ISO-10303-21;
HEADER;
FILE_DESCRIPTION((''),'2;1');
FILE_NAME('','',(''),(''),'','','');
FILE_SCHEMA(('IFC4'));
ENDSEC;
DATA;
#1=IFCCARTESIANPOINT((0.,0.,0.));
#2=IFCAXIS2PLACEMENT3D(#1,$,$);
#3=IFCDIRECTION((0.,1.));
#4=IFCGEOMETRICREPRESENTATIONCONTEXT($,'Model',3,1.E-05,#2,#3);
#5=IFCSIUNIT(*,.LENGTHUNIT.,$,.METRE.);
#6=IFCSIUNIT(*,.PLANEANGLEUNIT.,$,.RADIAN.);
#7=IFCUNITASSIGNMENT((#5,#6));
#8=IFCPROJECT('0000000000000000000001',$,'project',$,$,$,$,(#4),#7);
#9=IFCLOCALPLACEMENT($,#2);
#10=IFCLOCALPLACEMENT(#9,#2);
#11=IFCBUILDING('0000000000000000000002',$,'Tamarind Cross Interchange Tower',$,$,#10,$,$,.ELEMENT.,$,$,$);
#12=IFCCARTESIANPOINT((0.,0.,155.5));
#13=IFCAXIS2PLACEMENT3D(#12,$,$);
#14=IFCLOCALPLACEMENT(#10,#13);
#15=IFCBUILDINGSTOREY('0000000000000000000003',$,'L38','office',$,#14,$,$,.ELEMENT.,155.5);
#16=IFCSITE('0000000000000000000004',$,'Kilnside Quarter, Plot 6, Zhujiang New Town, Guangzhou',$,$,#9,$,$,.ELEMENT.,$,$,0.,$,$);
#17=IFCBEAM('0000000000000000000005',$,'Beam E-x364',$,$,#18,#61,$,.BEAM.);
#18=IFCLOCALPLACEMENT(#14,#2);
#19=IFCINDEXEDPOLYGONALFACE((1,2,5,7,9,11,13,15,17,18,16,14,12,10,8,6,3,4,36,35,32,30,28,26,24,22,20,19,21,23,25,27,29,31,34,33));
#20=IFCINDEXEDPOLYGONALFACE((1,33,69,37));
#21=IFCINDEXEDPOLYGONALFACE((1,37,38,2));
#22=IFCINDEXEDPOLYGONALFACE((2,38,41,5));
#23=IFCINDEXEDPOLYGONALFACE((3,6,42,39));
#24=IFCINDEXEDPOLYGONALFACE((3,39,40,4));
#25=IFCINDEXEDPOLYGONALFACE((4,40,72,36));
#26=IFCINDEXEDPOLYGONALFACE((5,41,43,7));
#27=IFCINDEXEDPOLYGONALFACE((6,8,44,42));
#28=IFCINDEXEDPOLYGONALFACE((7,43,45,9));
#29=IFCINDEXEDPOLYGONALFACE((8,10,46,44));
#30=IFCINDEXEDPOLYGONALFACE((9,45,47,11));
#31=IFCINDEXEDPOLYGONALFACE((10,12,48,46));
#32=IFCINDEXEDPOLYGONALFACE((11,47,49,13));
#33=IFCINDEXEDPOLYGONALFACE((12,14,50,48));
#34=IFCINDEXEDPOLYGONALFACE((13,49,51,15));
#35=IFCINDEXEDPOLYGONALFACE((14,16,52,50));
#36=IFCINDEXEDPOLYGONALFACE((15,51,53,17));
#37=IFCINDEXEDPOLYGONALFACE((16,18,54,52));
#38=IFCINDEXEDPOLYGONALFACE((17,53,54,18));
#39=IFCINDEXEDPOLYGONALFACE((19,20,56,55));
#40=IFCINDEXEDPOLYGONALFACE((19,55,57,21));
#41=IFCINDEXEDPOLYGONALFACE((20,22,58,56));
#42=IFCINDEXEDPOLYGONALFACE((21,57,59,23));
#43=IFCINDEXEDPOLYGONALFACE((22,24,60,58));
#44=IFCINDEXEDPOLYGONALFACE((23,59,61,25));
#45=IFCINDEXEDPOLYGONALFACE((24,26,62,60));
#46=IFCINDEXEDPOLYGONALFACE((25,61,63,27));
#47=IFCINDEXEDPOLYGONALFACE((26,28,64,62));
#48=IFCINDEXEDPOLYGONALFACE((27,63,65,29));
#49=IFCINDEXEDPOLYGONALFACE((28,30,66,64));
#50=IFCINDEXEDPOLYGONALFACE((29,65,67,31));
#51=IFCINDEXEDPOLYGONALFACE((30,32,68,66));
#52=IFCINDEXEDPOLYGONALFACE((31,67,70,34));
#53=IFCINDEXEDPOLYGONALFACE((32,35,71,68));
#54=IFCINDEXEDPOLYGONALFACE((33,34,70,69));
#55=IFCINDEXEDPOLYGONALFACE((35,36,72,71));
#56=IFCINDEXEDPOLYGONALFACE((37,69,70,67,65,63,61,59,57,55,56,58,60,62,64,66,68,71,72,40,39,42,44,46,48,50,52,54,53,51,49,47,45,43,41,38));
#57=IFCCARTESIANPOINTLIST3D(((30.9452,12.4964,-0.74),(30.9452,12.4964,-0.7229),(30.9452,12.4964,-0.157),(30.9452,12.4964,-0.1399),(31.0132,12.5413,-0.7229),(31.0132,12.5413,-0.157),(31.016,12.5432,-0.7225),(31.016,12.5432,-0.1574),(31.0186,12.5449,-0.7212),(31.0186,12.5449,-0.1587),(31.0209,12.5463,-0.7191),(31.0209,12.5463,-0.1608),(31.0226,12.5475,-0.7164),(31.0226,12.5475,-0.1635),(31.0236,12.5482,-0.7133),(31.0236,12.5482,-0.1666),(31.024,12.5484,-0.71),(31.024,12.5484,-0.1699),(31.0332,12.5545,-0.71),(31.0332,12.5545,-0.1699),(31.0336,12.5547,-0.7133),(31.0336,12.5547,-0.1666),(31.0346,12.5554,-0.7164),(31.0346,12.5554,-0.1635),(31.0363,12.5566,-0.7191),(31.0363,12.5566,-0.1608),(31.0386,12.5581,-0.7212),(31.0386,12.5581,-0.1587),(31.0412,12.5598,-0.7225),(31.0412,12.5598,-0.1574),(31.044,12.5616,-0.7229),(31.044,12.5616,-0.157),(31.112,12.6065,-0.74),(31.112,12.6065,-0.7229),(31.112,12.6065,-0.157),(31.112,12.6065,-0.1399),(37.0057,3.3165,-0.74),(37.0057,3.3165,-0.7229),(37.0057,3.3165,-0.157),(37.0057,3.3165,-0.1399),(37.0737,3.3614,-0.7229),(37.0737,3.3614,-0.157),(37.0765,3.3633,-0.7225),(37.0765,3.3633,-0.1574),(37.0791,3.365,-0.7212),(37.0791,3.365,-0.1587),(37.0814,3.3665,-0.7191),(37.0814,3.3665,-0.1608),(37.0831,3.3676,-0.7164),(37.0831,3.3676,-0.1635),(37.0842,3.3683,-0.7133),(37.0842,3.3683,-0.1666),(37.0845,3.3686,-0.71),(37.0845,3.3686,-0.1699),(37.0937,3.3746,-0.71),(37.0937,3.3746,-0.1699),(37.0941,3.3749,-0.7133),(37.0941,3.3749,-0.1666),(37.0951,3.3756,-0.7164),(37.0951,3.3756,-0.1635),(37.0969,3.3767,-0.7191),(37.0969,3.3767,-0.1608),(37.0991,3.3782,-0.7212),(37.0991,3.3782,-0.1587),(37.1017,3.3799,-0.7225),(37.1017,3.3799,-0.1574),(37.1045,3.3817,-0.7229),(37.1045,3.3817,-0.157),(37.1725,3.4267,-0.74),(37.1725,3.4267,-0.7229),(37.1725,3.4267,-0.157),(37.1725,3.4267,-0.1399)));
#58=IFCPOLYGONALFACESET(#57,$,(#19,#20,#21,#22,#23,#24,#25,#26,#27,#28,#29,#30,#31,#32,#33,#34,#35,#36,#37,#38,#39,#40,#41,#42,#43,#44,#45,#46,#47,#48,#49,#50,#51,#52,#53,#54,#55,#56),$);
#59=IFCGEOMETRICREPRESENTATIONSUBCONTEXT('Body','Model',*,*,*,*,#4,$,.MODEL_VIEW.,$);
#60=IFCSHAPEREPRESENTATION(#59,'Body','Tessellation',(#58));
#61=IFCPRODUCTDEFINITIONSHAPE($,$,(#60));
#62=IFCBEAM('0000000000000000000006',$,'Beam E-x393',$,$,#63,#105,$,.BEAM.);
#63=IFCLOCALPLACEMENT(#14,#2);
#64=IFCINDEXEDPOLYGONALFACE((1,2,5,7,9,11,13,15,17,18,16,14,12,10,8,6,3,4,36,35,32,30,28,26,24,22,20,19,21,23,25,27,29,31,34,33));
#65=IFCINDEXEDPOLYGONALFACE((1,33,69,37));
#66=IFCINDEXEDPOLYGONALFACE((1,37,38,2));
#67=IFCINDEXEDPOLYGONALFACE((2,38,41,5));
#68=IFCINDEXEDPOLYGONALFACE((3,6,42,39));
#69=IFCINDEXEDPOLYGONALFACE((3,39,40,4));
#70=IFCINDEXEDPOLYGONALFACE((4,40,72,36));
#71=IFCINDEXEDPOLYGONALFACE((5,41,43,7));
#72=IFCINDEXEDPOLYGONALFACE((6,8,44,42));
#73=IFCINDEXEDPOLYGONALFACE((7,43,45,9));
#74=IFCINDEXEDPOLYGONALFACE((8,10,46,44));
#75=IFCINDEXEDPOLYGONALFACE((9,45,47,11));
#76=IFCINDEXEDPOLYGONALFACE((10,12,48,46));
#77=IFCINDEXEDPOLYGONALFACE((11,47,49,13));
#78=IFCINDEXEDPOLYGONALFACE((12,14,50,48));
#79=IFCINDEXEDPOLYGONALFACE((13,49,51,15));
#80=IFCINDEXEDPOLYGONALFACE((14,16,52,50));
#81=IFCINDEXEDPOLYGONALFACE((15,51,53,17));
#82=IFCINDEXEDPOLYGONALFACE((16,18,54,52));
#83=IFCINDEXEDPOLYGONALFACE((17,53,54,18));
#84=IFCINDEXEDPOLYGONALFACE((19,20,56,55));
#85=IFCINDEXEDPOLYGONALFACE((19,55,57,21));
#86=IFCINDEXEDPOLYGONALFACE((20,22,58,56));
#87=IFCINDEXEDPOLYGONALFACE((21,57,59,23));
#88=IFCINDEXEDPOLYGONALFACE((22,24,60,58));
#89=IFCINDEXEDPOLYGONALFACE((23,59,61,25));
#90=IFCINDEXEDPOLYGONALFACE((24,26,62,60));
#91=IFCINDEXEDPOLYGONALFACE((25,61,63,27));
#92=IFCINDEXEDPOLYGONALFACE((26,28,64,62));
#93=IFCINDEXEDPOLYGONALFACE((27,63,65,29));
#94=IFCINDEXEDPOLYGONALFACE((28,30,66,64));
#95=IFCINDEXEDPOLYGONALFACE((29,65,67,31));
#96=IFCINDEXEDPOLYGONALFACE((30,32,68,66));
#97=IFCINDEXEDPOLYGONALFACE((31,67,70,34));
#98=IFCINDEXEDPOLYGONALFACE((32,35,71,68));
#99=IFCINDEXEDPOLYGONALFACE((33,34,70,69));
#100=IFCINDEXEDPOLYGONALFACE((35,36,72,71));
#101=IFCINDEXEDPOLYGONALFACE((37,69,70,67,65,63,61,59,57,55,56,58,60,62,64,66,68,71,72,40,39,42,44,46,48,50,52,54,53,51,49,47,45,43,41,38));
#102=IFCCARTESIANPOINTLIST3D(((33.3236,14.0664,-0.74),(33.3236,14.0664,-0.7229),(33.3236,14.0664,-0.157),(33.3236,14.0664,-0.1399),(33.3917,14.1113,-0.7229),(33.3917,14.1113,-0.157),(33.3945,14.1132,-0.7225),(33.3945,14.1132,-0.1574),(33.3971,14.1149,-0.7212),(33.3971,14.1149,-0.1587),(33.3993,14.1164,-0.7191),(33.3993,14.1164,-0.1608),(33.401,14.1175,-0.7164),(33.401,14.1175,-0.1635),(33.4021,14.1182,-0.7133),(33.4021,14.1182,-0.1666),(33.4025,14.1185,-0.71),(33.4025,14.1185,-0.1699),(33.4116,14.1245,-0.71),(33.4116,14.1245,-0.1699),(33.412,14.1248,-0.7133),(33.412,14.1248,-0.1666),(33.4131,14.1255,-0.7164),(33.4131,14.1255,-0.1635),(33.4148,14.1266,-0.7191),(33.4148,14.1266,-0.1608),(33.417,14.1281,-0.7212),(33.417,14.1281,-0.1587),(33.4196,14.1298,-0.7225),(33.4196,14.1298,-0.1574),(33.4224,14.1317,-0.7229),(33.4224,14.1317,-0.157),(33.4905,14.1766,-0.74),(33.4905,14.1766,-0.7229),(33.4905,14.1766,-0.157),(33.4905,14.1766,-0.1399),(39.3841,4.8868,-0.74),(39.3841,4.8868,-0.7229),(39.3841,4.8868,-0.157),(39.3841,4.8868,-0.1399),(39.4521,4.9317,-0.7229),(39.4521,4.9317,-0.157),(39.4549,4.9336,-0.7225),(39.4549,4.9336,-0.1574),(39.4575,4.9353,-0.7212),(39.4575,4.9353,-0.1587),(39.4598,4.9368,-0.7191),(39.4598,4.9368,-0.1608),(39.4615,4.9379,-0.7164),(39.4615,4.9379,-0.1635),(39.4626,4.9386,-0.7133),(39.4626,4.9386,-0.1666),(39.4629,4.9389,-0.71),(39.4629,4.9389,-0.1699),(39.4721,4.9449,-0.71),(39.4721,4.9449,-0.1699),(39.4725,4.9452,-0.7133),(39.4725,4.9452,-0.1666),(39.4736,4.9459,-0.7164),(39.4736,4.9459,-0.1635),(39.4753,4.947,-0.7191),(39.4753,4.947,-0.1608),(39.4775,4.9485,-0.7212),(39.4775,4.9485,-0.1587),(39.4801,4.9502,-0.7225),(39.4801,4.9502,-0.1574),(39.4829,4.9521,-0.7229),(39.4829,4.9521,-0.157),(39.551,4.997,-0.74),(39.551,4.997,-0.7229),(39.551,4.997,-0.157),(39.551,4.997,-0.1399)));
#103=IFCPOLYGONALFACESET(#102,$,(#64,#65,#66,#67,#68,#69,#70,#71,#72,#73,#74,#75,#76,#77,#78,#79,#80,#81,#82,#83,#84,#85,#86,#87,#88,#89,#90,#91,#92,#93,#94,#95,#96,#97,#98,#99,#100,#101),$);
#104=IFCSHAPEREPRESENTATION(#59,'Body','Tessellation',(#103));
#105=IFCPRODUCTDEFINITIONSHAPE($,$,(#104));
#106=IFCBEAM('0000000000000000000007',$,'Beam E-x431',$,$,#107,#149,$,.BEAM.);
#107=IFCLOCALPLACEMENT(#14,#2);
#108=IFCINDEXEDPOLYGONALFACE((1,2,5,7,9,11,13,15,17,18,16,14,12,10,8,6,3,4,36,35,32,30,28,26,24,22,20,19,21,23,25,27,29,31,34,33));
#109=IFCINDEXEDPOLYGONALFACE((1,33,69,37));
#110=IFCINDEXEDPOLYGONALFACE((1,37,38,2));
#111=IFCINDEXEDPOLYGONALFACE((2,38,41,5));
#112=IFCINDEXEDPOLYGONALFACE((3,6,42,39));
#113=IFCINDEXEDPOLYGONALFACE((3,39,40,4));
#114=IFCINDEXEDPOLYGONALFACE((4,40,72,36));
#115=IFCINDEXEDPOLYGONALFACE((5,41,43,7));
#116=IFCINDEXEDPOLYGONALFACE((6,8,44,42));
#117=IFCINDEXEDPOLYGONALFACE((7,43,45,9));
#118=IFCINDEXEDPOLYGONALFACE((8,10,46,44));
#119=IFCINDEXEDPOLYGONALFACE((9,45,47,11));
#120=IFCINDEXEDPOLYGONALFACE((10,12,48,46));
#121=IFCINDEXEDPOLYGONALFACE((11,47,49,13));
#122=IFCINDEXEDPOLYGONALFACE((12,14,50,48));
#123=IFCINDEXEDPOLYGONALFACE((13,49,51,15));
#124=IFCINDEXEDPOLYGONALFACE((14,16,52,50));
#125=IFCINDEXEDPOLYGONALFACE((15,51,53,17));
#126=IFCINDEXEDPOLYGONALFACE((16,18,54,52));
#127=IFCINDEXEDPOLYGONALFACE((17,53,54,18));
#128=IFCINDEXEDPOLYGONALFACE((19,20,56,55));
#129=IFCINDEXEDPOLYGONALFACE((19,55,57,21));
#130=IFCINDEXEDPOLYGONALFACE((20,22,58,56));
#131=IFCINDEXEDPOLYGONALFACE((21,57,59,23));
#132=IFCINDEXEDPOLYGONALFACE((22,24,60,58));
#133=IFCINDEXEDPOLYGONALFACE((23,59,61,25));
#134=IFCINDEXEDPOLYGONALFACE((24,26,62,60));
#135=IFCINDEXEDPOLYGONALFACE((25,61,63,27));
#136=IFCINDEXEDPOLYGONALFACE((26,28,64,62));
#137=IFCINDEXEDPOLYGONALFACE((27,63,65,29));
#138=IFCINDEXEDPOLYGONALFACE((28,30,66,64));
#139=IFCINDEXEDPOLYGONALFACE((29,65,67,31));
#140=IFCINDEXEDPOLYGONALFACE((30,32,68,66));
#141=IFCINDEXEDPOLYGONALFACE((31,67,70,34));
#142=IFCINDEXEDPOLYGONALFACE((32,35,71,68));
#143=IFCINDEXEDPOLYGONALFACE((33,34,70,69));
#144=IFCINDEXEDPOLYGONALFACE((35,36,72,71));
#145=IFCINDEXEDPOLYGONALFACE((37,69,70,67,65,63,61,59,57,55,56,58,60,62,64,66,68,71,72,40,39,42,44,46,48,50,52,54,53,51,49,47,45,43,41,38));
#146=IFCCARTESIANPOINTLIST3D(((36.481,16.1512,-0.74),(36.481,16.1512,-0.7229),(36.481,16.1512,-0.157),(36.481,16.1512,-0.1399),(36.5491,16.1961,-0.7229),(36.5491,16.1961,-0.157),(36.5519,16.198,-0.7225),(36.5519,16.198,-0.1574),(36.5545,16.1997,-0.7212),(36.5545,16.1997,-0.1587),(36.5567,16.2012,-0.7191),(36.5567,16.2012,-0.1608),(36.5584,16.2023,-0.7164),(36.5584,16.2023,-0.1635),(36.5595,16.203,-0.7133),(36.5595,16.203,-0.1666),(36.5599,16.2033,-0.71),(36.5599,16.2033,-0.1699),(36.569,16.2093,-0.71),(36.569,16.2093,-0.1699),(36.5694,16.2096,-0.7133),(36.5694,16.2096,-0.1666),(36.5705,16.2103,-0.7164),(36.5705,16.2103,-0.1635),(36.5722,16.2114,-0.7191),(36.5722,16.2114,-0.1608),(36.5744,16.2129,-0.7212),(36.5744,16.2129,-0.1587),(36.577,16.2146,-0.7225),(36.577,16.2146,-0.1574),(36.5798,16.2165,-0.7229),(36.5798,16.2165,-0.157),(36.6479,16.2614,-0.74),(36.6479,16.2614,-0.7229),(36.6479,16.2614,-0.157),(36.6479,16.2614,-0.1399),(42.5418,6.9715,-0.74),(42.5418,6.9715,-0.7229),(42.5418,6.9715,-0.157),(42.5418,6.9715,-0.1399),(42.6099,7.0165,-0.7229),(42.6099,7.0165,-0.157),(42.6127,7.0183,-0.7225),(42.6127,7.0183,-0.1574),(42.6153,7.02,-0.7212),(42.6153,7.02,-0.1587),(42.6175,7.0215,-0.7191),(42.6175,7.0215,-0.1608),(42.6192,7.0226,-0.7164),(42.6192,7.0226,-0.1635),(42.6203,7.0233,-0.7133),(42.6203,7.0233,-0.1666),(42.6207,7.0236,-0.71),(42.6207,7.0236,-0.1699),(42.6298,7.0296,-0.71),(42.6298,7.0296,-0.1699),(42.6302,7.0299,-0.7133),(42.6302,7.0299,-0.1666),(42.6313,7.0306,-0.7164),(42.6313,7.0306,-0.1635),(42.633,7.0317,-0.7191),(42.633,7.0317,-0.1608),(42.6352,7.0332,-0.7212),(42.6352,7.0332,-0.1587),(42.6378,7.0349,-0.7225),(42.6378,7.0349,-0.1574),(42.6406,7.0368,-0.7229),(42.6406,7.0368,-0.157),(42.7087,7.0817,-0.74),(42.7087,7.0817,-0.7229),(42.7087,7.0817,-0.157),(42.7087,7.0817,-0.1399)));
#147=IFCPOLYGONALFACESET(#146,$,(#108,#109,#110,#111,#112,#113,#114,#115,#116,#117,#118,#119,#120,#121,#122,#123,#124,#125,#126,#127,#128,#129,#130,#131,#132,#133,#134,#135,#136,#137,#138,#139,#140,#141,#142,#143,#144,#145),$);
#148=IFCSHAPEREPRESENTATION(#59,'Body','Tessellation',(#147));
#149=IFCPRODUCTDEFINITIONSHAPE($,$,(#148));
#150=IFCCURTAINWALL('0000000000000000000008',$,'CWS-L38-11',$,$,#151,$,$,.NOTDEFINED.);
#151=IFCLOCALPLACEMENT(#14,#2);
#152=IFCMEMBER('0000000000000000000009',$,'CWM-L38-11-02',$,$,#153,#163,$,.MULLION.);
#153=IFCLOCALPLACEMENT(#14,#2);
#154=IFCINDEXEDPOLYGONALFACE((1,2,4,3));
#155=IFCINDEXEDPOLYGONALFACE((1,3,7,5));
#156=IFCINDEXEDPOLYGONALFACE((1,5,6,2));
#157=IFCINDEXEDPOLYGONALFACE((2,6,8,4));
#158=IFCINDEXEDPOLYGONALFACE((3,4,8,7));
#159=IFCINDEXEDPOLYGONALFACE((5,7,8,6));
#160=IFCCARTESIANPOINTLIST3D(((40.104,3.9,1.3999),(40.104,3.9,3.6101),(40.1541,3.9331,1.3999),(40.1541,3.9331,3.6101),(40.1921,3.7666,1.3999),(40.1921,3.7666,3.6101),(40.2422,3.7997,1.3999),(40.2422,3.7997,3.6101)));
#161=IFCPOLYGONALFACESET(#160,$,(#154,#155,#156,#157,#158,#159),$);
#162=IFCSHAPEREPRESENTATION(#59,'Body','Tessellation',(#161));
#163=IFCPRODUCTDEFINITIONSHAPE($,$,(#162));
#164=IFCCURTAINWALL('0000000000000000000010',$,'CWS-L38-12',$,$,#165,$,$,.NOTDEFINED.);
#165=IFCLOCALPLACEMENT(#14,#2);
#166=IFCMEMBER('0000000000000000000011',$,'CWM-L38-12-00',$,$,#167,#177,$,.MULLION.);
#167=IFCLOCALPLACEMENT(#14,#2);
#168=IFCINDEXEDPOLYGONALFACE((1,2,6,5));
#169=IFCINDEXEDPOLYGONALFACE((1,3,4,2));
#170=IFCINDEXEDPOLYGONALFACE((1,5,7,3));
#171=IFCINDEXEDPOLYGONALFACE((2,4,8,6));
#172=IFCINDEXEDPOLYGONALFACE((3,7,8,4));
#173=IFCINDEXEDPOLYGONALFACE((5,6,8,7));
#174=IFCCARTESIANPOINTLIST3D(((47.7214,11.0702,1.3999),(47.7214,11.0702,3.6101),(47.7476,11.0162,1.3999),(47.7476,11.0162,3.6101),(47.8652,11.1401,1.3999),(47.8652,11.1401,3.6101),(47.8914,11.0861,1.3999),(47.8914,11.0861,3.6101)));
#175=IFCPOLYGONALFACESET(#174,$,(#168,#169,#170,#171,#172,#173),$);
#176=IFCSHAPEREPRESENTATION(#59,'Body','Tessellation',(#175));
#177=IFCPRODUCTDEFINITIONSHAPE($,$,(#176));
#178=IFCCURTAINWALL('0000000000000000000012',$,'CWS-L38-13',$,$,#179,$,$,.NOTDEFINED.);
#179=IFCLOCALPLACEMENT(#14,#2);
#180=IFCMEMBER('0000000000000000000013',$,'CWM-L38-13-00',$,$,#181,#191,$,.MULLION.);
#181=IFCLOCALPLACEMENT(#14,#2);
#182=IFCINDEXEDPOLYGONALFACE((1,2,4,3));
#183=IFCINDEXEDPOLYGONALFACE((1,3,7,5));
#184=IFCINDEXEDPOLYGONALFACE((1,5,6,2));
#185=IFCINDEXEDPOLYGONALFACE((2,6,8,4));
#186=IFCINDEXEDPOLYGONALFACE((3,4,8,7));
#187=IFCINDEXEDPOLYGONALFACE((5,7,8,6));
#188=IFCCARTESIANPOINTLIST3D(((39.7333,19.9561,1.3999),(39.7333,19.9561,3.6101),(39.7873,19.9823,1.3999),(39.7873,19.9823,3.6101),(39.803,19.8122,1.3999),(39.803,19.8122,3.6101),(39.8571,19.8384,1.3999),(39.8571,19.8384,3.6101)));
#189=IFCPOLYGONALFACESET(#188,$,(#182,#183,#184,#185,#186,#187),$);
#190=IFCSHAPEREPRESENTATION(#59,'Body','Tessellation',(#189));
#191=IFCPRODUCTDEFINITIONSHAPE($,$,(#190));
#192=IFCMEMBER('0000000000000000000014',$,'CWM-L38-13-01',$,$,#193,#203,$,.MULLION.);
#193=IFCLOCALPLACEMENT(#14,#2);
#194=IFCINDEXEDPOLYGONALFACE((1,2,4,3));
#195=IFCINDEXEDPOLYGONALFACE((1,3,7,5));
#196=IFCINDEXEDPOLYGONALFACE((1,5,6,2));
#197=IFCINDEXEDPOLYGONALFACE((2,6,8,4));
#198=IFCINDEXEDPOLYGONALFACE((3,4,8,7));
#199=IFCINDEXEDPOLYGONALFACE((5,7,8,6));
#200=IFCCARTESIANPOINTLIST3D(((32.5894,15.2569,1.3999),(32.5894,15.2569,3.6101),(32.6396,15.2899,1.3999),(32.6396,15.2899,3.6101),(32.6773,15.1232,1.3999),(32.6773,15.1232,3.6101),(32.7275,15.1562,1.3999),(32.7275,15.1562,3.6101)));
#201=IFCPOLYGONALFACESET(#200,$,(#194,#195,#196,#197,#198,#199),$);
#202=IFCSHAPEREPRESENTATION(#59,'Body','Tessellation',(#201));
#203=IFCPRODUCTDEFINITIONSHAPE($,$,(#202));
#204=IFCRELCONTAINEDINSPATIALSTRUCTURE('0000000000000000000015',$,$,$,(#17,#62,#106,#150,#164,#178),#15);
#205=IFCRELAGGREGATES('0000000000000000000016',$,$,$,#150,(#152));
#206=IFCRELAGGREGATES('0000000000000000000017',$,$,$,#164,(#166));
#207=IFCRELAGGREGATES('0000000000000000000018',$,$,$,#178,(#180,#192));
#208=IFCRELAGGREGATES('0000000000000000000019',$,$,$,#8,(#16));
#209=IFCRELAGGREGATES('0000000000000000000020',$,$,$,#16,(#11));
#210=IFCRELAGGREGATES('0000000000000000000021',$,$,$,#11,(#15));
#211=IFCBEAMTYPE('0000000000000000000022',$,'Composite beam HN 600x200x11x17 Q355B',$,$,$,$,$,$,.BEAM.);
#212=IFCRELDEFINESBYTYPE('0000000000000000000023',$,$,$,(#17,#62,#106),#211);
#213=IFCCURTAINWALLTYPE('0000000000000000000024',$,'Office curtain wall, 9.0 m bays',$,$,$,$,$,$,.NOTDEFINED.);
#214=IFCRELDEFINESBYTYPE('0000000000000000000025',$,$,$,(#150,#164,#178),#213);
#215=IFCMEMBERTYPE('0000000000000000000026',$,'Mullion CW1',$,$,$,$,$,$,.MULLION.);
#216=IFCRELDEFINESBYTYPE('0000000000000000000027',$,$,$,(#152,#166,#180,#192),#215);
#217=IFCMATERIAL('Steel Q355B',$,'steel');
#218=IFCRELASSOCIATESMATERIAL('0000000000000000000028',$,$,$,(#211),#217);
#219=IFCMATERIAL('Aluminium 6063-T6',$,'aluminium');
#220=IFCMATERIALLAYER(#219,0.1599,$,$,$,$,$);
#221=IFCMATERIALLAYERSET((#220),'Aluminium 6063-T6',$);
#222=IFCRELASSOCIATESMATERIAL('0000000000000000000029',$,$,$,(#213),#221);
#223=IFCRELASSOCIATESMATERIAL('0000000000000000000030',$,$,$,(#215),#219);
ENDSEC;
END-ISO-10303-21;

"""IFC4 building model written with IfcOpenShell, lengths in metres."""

from ifc_helpers import new_model, si_unit, direction, frame, origin, origin_2d, place, context, subcontext, project, spatial, rectangle, i_section, extrude, material, layer, layer_set, material_profile, profile_set, type_object, element, aggregate, save


model = new_model("IFC4")

# Units and contexts
model_context = context("Model", 3, precision=1e-05, world=origin(), true_north=direction((0.0, 1.0)))
body_context = subcontext(model_context, "Body", "Model", "MODEL_VIEW")
ifc_project = project(units=[si_unit("LENGTHUNIT", "METRE"), si_unit("PLANEANGLEUNIT", "RADIAN")], contexts=[model_context])

# Site, building, storey
site_placement = place(None, origin())
site = spatial("IfcSite", under=ifc_project, at=site_placement, Name="Kilnside Quarter, Plot 6, Zhujiang New Town, Guangzhou", CompositionType="ELEMENT", RefElevation=0.0)
building_placement = place(site_placement, origin())
building = spatial("IfcBuilding", under=site, at=building_placement, Name="Tamarind Cross Interchange Tower", CompositionType="ELEMENT")
storey_placement = place(building_placement, frame((0.0, 0.0, 155.5)))
storey = spatial("IfcBuildingStorey", under=building, at=storey_placement, Name="L38", Description="office", CompositionType="ELEMENT", Elevation=155.5)

# Beams
ifc_material_1 = material(Name="Steel Q355B", Category="steel")
ifc_material_profile_1 = material_profile(ifc_material_1, i_section(OverallWidth=0.2, OverallDepth=0.6001, WebThickness=0.011, FlangeThickness=0.0171, FilletRadius=0.0129, at=origin_2d()), Name="HN 600x200x11x17")
ifc_profile_set_1 = profile_set([ifc_material_profile_1], Name="Steel Q355B")
beam_type_1 = type_object("IfcBeamType", Name="Composite beam HN 600x200x11x17 Q355B", PredefinedType="BEAM", material=ifc_profile_set_1)
beam_1_placement = place(storey_placement, frame((37.0891, 3.3716, -0.4399), z_axis=(-0.550956, 0.834535, 0.0), x_axis=(-0.834535, -0.550956, 0.0)))
element("IfcBeam", 1, at=beam_1_placement, inside=storey, type_object=beam_type_1, Name="Beam E-x364", PredefinedType="BEAM", context=body_context, shape_type="SweptSolid", body=[
    extrude(i_section(OverallWidth=0.2, OverallDepth=0.6001, WebThickness=0.011, FlangeThickness=0.0171, FilletRadius=0.0129, at=origin_2d()), origin(), (0.0, 0.0, 1.0), 11.0),
])
beam_2_placement = place(storey_placement, frame((39.4675, 4.9419, -0.4399), z_axis=(-0.550966, 0.834528, 0.0), x_axis=(-0.834528, -0.550966, 0.0)))
element("IfcBeam", 2, at=beam_2_placement, inside=storey, type_object=beam_type_1, Name="Beam E-x393", PredefinedType="BEAM", context=body_context, shape_type="SweptSolid", body=[
    extrude(i_section(OverallWidth=0.2, OverallDepth=0.6001, WebThickness=0.011, FlangeThickness=0.0171, FilletRadius=0.0129, at=origin_2d()), origin(), (0.0, 0.0, 1.0), 10.9998),
])
beam_3_placement = place(storey_placement, frame((42.6252, 7.0266, -0.4399), z_axis=(-0.550981, 0.834518, 0.0), x_axis=(-0.834518, -0.550981, 0.0)))
element("IfcBeam", 3, at=beam_3_placement, inside=storey, type_object=beam_type_1, Name="Beam E-x431", PredefinedType="BEAM", context=body_context, shape_type="SweptSolid", body=[
    extrude(i_section(OverallWidth=0.2, OverallDepth=0.6001, WebThickness=0.011, FlangeThickness=0.0171, FilletRadius=0.0129, at=origin_2d()), origin(), (0.0, 0.0, 1.0), 11.0),
])

# Curtain walls, members
ifc_material_2 = material(Name="Aluminium 6063-T6", Category="aluminium")
ifc_layer_1 = layer(ifc_material_2, 0.1599)
ifc_layer_set_1 = layer_set([ifc_layer_1], Name="Aluminium 6063-T6")
curtain_wall_type = type_object("IfcCurtainWallType", Name="Office curtain wall, 9.0 m bays", PredefinedType="NOTDEFINED", material=ifc_layer_set_1)
curtain_wall_1_placement = place(storey_placement, origin())
curtain_wall_1 = element("IfcCurtainWall", 4, at=curtain_wall_1_placement, inside=storey, type_object=curtain_wall_type, Name="CWS-L38-11", PredefinedType="NOTDEFINED")
ifc_material_profile_2 = material_profile(ifc_material_2, rectangle(XDim=0.0601, YDim=0.1599, at=origin_2d()), Name="Mullion CW1")
ifc_profile_set_2 = profile_set([ifc_material_profile_2], Name="Aluminium 6063-T6")
member_type = type_object("IfcMemberType", Name="Mullion CW1", PredefinedType="MULLION", material=ifc_profile_set_2)
member_1_placement = place(storey_placement, frame((40.1731, 3.8499, 1.3999), z_axis=(0.0, 0.0, 1.0), x_axis=(0.834525, 0.55097, 0.0)))
member_1 = element("IfcMember", 5, at=member_1_placement, type_object=member_type, Name="CWM-L38-11-02", PredefinedType="MULLION", context=body_context, shape_type="SweptSolid", body=[
    extrude(rectangle(XDim=0.0601, YDim=0.1599, at=origin_2d()), origin(), (0.0, 0.0, 1.0), 2.2102),
])
aggregate(curtain_wall_1, [member_1])
curtain_wall_2_placement = place(storey_placement, origin())
curtain_wall_2 = element("IfcCurtainWall", 6, at=curtain_wall_2_placement, inside=storey, type_object=curtain_wall_type, Name="CWS-L38-12", PredefinedType="NOTDEFINED")
member_2_placement = place(storey_placement, frame((47.8064, 11.0781, 1.3999), z_axis=(0.0, 0.0, 1.0), x_axis=(-0.437329, 0.899301, 0.0)))
member_2 = element("IfcMember", 7, at=member_2_placement, type_object=member_type, Name="CWM-L38-12-00", PredefinedType="MULLION", context=body_context, shape_type="SweptSolid", body=[
    extrude(rectangle(XDim=0.0601, YDim=0.1599, at=origin_2d()), origin(), (0.0, 0.0, 1.0), 2.2102),
])
aggregate(curtain_wall_2, [member_2])

# Curtain wall, members
curtain_wall_3_placement = place(storey_placement, origin())
curtain_wall_3 = element("IfcCurtainWall", 8, at=curtain_wall_3_placement, inside=storey, type_object=curtain_wall_type, Name="CWS-L38-13", PredefinedType="NOTDEFINED")
member_3_placement = place(storey_placement, frame((39.7952, 19.8972, 1.3999), z_axis=(0.0, 0.0, 1.0), x_axis=(-0.899752, -0.436402, 0.0)))
member_3 = element("IfcMember", 9, at=member_3_placement, type_object=member_type, Name="CWM-L38-13-00", PredefinedType="MULLION", context=body_context, shape_type="SweptSolid", body=[
    extrude(rectangle(XDim=0.0601, YDim=0.1599, at=origin_2d()), origin(), (0.0, 0.0, 1.0), 2.2102),
])
member_4_placement = place(storey_placement, frame((32.6584, 15.2065, 1.3999), z_axis=(0.0, 0.0, 1.0), x_axis=(-0.83566, -0.549248, 0.0)))
member_4 = element("IfcMember", 10, at=member_4_placement, type_object=member_type, Name="CWM-L38-13-01", PredefinedType="MULLION", context=body_context, shape_type="SweptSolid", body=[
    extrude(rectangle(XDim=0.0601, YDim=0.1599, at=origin_2d()), origin(), (0.0, 0.0, 1.0), 2.2102),
])
aggregate(curtain_wall_3, [member_3, member_4])

save(model, "model.ifc")
